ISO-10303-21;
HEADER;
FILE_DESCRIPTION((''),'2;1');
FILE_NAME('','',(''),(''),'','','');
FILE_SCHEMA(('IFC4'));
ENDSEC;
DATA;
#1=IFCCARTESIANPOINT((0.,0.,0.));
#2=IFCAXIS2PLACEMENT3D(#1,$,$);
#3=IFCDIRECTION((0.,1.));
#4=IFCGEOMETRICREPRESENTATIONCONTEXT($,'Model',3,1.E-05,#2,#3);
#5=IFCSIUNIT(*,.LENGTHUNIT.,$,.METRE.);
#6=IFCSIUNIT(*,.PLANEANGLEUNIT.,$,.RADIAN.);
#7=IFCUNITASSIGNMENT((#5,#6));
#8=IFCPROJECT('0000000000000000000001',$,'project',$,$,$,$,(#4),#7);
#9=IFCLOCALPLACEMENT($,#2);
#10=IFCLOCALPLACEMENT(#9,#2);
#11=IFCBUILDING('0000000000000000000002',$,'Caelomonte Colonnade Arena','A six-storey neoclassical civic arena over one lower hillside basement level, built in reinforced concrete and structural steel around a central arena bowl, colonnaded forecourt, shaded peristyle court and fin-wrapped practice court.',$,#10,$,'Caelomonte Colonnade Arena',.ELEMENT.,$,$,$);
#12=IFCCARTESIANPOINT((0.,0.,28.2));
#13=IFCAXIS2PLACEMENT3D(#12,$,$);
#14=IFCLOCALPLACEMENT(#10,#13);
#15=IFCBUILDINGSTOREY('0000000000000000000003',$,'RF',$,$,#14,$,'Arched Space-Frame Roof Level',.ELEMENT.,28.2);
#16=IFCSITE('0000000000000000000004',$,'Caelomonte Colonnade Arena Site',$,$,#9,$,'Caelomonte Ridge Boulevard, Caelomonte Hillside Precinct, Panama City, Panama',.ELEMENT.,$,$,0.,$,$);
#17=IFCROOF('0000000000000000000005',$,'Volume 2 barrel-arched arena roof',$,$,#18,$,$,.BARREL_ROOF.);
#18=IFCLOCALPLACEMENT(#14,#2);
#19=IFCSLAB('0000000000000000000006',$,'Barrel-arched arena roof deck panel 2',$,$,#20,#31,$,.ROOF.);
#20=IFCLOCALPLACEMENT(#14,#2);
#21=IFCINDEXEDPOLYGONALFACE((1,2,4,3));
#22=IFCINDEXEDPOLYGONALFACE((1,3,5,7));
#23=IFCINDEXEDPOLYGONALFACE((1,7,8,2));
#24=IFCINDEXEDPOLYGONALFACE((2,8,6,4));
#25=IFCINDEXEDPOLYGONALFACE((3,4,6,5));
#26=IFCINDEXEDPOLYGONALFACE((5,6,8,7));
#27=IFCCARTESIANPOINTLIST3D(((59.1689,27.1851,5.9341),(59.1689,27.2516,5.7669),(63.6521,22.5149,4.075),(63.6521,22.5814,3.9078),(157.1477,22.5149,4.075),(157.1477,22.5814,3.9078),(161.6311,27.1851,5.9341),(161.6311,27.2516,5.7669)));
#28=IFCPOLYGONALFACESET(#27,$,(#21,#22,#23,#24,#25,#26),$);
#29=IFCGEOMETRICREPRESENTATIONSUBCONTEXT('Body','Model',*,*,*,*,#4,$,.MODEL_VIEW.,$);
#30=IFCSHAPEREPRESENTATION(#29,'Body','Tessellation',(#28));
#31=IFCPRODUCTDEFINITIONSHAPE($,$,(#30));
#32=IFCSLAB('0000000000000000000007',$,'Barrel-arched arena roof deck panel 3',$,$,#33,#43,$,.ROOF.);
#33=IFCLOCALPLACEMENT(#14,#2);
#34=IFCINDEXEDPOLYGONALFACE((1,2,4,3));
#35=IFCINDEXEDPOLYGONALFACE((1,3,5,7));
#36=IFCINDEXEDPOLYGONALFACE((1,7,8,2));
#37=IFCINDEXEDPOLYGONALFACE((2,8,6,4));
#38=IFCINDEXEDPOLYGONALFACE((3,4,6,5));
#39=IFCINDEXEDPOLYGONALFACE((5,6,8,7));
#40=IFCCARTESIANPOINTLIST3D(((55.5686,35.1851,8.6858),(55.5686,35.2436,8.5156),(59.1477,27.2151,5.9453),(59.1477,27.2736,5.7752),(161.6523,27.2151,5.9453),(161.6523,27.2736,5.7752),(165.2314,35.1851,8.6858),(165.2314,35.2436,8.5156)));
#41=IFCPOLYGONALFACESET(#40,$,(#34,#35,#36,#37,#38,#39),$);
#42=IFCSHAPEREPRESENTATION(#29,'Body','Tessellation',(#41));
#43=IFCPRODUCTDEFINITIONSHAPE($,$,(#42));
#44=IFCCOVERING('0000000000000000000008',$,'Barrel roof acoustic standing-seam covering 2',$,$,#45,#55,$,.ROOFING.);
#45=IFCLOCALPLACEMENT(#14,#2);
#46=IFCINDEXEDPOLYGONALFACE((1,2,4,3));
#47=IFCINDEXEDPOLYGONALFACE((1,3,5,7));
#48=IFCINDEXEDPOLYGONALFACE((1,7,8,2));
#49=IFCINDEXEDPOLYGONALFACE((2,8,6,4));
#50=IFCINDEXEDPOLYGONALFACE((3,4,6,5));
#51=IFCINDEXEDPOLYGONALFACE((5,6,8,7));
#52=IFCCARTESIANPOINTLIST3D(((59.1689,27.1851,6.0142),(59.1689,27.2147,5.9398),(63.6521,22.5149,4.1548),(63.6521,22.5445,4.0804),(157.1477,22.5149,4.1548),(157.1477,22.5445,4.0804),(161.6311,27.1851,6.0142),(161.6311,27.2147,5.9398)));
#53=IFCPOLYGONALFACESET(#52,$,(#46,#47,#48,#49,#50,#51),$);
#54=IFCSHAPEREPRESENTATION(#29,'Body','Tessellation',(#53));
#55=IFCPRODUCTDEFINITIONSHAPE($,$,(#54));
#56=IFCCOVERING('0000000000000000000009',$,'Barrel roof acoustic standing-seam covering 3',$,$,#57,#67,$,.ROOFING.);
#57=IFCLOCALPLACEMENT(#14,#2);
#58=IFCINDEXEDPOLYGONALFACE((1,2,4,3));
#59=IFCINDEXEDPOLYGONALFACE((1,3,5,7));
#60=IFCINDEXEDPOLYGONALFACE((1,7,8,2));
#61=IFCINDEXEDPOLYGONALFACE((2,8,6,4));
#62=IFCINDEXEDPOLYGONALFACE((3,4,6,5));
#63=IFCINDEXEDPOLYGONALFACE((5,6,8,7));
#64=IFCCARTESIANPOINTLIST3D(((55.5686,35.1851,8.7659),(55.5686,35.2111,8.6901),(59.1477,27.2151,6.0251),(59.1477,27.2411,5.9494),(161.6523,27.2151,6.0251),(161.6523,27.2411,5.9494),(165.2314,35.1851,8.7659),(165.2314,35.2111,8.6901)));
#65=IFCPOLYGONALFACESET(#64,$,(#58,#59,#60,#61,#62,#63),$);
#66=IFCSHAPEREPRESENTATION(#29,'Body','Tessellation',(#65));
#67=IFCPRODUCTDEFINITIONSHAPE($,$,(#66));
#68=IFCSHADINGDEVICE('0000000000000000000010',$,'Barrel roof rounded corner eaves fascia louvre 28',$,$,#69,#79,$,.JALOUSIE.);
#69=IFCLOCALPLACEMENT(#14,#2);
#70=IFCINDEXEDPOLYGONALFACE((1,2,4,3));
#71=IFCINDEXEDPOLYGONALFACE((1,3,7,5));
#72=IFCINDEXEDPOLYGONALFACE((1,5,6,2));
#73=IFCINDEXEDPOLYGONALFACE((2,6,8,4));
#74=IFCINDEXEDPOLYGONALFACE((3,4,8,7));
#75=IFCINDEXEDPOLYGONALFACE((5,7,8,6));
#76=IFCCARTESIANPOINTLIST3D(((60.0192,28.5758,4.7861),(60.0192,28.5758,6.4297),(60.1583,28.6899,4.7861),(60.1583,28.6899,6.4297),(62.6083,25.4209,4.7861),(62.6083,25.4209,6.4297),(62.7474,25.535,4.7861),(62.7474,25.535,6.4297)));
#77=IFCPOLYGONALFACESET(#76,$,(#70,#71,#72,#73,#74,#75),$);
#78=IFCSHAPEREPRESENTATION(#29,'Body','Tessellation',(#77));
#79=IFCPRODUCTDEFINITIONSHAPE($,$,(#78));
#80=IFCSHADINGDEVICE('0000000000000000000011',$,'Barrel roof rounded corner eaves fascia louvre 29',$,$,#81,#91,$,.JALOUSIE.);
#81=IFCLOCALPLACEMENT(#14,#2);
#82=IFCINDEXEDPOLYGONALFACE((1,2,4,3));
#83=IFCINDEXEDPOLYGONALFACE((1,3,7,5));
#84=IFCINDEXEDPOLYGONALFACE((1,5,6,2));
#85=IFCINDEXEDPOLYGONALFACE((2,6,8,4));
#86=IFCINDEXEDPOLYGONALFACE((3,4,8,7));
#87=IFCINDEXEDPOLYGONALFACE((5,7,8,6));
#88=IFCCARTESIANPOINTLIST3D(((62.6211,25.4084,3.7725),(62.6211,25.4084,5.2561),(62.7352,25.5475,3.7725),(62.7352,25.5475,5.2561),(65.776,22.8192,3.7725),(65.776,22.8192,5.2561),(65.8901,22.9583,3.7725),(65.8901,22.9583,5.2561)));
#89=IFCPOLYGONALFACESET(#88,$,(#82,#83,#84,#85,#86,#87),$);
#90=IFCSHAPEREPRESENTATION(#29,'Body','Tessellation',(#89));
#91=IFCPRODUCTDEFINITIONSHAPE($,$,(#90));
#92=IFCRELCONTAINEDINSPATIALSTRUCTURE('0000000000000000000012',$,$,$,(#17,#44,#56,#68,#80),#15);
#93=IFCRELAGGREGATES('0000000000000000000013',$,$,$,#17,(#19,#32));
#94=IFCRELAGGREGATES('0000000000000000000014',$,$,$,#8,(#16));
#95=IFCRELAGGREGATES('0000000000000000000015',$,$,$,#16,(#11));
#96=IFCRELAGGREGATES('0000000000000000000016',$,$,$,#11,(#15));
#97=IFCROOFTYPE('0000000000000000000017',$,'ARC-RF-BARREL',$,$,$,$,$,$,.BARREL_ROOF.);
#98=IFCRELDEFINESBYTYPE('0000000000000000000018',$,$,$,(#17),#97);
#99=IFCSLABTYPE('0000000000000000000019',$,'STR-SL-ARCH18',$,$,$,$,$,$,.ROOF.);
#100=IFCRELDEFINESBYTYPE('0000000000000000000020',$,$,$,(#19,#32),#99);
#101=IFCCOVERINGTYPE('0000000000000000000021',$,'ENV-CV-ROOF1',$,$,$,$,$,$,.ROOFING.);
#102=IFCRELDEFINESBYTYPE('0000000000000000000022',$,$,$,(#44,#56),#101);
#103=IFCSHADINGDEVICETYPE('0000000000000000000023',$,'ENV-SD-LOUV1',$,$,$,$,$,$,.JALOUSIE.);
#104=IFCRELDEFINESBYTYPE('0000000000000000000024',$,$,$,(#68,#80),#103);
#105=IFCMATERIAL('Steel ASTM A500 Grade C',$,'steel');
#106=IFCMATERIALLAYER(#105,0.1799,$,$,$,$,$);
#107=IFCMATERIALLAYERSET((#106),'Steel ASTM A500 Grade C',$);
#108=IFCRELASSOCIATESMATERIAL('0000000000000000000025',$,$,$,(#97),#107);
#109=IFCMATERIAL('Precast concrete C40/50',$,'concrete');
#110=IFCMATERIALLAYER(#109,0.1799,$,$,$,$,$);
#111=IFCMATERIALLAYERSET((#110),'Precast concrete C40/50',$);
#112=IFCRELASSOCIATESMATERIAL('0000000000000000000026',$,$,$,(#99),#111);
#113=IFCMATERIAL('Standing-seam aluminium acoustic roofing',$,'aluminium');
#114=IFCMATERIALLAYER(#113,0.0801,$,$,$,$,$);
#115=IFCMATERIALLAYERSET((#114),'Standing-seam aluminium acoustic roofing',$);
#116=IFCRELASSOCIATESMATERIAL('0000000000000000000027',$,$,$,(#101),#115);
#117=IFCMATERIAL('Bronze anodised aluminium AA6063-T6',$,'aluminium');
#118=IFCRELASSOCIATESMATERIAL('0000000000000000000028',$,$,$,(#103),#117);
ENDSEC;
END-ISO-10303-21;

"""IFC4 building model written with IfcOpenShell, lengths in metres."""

from ifc_helpers import new_model, si_unit, direction, frame, origin, origin_2d, place, context, subcontext, project, spatial, polyline, rectangle, outline, extrude, material, layer, layer_set, type_object, element, aggregate, save


model = new_model("IFC4")

# Units and contexts
model_context = context("Model", 3, precision=1e-05, world=origin(), true_north=direction((0.0, 1.0)))
body_context = subcontext(model_context, "Body", "Model", "MODEL_VIEW")
ifc_project = project(units=[si_unit("LENGTHUNIT", "METRE"), si_unit("PLANEANGLEUNIT", "RADIAN")], contexts=[model_context])

# Site, building, storey
site_placement = place(None, origin())
site = spatial("IfcSite", under=ifc_project, at=site_placement, Name="Caelomonte Colonnade Arena Site", LongName="Caelomonte Ridge Boulevard, Caelomonte Hillside Precinct, Panama City, Panama", CompositionType="ELEMENT", RefElevation=0.0)
building_placement = place(site_placement, origin())
building = spatial("IfcBuilding", under=site, at=building_placement, Name="Caelomonte Colonnade Arena", Description="A six-storey neoclassical civic arena over one lower hillside basement level, built in reinforced concrete and structural steel around a central arena bowl, colonnaded forecourt, shaded peristyle court and fin-wrapped practice court.", LongName="Caelomonte Colonnade Arena", CompositionType="ELEMENT")
storey_placement = place(building_placement, frame((0.0, 0.0, 28.2)))
storey = spatial("IfcBuildingStorey", under=building, at=storey_placement, Name="RF", LongName="Arched Space-Frame Roof Level", CompositionType="ELEMENT", Elevation=28.2)

# Shared definitions
ifc_material_1 = material(Name="Bronze anodised aluminium AA6063-T6", Category="aluminium")

# Roof, slabs
ifc_material_2 = material(Name="Steel ASTM A500 Grade C", Category="steel")
ifc_layer_1 = layer(ifc_material_2, 0.1799)
ifc_layer_set_1 = layer_set([ifc_layer_1], Name="Steel ASTM A500 Grade C")
roof_type = type_object("IfcRoofType", Name="ARC-RF-BARREL", PredefinedType="BARREL_ROOF", material=ifc_layer_set_1)
roof_placement = place(storey_placement, origin())
roof = element("IfcRoof", 1, at=roof_placement, inside=storey, type_object=roof_type, Name="Volume 2 barrel-arched arena roof", PredefinedType="BARREL_ROOF")
ifc_material_3 = material(Name="Precast concrete C40/50", Category="concrete")
ifc_layer_2 = layer(ifc_material_3, 0.1799)
ifc_layer_set_2 = layer_set([ifc_layer_2], Name="Precast concrete C40/50")
slab_type = type_object("IfcSlabType", Name="STR-SL-ARCH18", PredefinedType="ROOF", material=ifc_layer_set_2)
slab_1_placement = place(storey_placement, frame((63.6521, 22.5149, 4.075), z_axis=(0.0, -0.369858, 0.929088), x_axis=(1.0, 0.0, 0.0)))
slab_1 = element("IfcSlab", 2, at=slab_1_placement, type_object=slab_type, Name="Barrel-arched arena roof deck panel 2", PredefinedType="ROOF", context=body_context, shape_type="SweptSolid", body=[
    extrude(outline(polyline([(0.0, 0.0), (93.4956, 0.0), (97.979, 5.0266), (-4.4832, 5.0266), (0.0, 0.0)])), origin(), (0.0, 0.0, -1.0), 0.1799),
])
slab_2_placement = place(storey_placement, frame((59.1477, 27.2151, 5.9453), z_axis=(0.0, -0.325165, 0.945657), x_axis=(1.0, 0.0, 0.0)))
slab_2 = element("IfcSlab", 3, at=slab_2_placement, type_object=slab_type, Name="Barrel-arched arena roof deck panel 3", PredefinedType="ROOF", context=body_context, shape_type="SweptSolid", body=[
    extrude(outline(polyline([(0.0, 0.0), (102.5046, 0.0), (106.0837, 8.428), (-3.5791, 8.428), (0.0, 0.0)])), origin(), (0.0, 0.0, -1.0), 0.1799),
])
aggregate(roof, [slab_1, slab_2])

# Coverings
ifc_material_4 = material(Name="Standing-seam aluminium acoustic roofing", Category="aluminium")
ifc_layer_3 = layer(ifc_material_4, 0.0801)
ifc_layer_set_3 = layer_set([ifc_layer_3], Name="Standing-seam aluminium acoustic roofing")
covering_type = type_object("IfcCoveringType", Name="ENV-CV-ROOF1", PredefinedType="ROOFING", material=ifc_layer_set_3)
covering_1_placement = place(storey_placement, frame((63.6521, 22.5149, 4.1548), z_axis=(0.0, -0.3699, 0.929072), x_axis=(1.0, 0.0, 0.0)))
element("IfcCovering", 4, at=covering_1_placement, inside=storey, type_object=covering_type, Name="Barrel roof acoustic standing-seam covering 2", PredefinedType="ROOFING", context=body_context, shape_type="SweptSolid", body=[
    extrude(outline(polyline([(0.0, 0.0), (93.4956, 0.0), (97.979, 5.0267), (-4.4832, 5.0267), (0.0, 0.0)])), origin(), (0.0, 0.0, -1.0), 0.0801),
])
covering_2_placement = place(storey_placement, frame((59.1477, 27.2151, 6.0251), z_axis=(0.0, -0.325191, 0.945648), x_axis=(1.0, 0.0, 0.0)))
element("IfcCovering", 5, at=covering_2_placement, inside=storey, type_object=covering_type, Name="Barrel roof acoustic standing-seam covering 3", PredefinedType="ROOFING", context=body_context, shape_type="SweptSolid", body=[
    extrude(outline(polyline([(0.0, 0.0), (102.5046, 0.0), (106.0837, 8.428), (-3.5791, 8.428), (0.0, 0.0)])), origin(), (0.0, 0.0, -1.0), 0.0801),
])

# Shading devices
shading_device_type = type_object("IfcShadingDeviceType", Name="ENV-SD-LOUV1", PredefinedType="JALOUSIE", material=ifc_material_1)
shading_device_1_placement = place(storey_placement, frame((61.3833, 27.0554, 4.7861), z_axis=(0.0, 0.0, 1.0), x_axis=(0.634387, -0.773016, 0.0)))
element("IfcShadingDevice", 6, at=shading_device_1_placement, inside=storey, type_object=shading_device_type, Name="Barrel roof rounded corner eaves fascia louvre 28", PredefinedType="JALOUSIE", context=body_context, shape_type="SweptSolid", body=[
    extrude(rectangle(XDim=4.0813, YDim=0.1799, at=origin_2d()), origin(), (0.0, 0.0, 1.0), 1.6436),
])
shading_device_2_placement = place(storey_placement, frame((64.2556, 24.1833, 3.7725), z_axis=(0.0, 0.0, 1.0), x_axis=(0.773016, -0.634387, 0.0)))
element("IfcShadingDevice", 7, at=shading_device_2_placement, inside=storey, type_object=shading_device_type, Name="Barrel roof rounded corner eaves fascia louvre 29", PredefinedType="JALOUSIE", context=body_context, shape_type="SweptSolid", body=[
    extrude(rectangle(XDim=4.0813, YDim=0.1799, at=origin_2d()), origin(), (0.0, 0.0, 1.0), 1.4836),
])

save(model, "model.ifc")
